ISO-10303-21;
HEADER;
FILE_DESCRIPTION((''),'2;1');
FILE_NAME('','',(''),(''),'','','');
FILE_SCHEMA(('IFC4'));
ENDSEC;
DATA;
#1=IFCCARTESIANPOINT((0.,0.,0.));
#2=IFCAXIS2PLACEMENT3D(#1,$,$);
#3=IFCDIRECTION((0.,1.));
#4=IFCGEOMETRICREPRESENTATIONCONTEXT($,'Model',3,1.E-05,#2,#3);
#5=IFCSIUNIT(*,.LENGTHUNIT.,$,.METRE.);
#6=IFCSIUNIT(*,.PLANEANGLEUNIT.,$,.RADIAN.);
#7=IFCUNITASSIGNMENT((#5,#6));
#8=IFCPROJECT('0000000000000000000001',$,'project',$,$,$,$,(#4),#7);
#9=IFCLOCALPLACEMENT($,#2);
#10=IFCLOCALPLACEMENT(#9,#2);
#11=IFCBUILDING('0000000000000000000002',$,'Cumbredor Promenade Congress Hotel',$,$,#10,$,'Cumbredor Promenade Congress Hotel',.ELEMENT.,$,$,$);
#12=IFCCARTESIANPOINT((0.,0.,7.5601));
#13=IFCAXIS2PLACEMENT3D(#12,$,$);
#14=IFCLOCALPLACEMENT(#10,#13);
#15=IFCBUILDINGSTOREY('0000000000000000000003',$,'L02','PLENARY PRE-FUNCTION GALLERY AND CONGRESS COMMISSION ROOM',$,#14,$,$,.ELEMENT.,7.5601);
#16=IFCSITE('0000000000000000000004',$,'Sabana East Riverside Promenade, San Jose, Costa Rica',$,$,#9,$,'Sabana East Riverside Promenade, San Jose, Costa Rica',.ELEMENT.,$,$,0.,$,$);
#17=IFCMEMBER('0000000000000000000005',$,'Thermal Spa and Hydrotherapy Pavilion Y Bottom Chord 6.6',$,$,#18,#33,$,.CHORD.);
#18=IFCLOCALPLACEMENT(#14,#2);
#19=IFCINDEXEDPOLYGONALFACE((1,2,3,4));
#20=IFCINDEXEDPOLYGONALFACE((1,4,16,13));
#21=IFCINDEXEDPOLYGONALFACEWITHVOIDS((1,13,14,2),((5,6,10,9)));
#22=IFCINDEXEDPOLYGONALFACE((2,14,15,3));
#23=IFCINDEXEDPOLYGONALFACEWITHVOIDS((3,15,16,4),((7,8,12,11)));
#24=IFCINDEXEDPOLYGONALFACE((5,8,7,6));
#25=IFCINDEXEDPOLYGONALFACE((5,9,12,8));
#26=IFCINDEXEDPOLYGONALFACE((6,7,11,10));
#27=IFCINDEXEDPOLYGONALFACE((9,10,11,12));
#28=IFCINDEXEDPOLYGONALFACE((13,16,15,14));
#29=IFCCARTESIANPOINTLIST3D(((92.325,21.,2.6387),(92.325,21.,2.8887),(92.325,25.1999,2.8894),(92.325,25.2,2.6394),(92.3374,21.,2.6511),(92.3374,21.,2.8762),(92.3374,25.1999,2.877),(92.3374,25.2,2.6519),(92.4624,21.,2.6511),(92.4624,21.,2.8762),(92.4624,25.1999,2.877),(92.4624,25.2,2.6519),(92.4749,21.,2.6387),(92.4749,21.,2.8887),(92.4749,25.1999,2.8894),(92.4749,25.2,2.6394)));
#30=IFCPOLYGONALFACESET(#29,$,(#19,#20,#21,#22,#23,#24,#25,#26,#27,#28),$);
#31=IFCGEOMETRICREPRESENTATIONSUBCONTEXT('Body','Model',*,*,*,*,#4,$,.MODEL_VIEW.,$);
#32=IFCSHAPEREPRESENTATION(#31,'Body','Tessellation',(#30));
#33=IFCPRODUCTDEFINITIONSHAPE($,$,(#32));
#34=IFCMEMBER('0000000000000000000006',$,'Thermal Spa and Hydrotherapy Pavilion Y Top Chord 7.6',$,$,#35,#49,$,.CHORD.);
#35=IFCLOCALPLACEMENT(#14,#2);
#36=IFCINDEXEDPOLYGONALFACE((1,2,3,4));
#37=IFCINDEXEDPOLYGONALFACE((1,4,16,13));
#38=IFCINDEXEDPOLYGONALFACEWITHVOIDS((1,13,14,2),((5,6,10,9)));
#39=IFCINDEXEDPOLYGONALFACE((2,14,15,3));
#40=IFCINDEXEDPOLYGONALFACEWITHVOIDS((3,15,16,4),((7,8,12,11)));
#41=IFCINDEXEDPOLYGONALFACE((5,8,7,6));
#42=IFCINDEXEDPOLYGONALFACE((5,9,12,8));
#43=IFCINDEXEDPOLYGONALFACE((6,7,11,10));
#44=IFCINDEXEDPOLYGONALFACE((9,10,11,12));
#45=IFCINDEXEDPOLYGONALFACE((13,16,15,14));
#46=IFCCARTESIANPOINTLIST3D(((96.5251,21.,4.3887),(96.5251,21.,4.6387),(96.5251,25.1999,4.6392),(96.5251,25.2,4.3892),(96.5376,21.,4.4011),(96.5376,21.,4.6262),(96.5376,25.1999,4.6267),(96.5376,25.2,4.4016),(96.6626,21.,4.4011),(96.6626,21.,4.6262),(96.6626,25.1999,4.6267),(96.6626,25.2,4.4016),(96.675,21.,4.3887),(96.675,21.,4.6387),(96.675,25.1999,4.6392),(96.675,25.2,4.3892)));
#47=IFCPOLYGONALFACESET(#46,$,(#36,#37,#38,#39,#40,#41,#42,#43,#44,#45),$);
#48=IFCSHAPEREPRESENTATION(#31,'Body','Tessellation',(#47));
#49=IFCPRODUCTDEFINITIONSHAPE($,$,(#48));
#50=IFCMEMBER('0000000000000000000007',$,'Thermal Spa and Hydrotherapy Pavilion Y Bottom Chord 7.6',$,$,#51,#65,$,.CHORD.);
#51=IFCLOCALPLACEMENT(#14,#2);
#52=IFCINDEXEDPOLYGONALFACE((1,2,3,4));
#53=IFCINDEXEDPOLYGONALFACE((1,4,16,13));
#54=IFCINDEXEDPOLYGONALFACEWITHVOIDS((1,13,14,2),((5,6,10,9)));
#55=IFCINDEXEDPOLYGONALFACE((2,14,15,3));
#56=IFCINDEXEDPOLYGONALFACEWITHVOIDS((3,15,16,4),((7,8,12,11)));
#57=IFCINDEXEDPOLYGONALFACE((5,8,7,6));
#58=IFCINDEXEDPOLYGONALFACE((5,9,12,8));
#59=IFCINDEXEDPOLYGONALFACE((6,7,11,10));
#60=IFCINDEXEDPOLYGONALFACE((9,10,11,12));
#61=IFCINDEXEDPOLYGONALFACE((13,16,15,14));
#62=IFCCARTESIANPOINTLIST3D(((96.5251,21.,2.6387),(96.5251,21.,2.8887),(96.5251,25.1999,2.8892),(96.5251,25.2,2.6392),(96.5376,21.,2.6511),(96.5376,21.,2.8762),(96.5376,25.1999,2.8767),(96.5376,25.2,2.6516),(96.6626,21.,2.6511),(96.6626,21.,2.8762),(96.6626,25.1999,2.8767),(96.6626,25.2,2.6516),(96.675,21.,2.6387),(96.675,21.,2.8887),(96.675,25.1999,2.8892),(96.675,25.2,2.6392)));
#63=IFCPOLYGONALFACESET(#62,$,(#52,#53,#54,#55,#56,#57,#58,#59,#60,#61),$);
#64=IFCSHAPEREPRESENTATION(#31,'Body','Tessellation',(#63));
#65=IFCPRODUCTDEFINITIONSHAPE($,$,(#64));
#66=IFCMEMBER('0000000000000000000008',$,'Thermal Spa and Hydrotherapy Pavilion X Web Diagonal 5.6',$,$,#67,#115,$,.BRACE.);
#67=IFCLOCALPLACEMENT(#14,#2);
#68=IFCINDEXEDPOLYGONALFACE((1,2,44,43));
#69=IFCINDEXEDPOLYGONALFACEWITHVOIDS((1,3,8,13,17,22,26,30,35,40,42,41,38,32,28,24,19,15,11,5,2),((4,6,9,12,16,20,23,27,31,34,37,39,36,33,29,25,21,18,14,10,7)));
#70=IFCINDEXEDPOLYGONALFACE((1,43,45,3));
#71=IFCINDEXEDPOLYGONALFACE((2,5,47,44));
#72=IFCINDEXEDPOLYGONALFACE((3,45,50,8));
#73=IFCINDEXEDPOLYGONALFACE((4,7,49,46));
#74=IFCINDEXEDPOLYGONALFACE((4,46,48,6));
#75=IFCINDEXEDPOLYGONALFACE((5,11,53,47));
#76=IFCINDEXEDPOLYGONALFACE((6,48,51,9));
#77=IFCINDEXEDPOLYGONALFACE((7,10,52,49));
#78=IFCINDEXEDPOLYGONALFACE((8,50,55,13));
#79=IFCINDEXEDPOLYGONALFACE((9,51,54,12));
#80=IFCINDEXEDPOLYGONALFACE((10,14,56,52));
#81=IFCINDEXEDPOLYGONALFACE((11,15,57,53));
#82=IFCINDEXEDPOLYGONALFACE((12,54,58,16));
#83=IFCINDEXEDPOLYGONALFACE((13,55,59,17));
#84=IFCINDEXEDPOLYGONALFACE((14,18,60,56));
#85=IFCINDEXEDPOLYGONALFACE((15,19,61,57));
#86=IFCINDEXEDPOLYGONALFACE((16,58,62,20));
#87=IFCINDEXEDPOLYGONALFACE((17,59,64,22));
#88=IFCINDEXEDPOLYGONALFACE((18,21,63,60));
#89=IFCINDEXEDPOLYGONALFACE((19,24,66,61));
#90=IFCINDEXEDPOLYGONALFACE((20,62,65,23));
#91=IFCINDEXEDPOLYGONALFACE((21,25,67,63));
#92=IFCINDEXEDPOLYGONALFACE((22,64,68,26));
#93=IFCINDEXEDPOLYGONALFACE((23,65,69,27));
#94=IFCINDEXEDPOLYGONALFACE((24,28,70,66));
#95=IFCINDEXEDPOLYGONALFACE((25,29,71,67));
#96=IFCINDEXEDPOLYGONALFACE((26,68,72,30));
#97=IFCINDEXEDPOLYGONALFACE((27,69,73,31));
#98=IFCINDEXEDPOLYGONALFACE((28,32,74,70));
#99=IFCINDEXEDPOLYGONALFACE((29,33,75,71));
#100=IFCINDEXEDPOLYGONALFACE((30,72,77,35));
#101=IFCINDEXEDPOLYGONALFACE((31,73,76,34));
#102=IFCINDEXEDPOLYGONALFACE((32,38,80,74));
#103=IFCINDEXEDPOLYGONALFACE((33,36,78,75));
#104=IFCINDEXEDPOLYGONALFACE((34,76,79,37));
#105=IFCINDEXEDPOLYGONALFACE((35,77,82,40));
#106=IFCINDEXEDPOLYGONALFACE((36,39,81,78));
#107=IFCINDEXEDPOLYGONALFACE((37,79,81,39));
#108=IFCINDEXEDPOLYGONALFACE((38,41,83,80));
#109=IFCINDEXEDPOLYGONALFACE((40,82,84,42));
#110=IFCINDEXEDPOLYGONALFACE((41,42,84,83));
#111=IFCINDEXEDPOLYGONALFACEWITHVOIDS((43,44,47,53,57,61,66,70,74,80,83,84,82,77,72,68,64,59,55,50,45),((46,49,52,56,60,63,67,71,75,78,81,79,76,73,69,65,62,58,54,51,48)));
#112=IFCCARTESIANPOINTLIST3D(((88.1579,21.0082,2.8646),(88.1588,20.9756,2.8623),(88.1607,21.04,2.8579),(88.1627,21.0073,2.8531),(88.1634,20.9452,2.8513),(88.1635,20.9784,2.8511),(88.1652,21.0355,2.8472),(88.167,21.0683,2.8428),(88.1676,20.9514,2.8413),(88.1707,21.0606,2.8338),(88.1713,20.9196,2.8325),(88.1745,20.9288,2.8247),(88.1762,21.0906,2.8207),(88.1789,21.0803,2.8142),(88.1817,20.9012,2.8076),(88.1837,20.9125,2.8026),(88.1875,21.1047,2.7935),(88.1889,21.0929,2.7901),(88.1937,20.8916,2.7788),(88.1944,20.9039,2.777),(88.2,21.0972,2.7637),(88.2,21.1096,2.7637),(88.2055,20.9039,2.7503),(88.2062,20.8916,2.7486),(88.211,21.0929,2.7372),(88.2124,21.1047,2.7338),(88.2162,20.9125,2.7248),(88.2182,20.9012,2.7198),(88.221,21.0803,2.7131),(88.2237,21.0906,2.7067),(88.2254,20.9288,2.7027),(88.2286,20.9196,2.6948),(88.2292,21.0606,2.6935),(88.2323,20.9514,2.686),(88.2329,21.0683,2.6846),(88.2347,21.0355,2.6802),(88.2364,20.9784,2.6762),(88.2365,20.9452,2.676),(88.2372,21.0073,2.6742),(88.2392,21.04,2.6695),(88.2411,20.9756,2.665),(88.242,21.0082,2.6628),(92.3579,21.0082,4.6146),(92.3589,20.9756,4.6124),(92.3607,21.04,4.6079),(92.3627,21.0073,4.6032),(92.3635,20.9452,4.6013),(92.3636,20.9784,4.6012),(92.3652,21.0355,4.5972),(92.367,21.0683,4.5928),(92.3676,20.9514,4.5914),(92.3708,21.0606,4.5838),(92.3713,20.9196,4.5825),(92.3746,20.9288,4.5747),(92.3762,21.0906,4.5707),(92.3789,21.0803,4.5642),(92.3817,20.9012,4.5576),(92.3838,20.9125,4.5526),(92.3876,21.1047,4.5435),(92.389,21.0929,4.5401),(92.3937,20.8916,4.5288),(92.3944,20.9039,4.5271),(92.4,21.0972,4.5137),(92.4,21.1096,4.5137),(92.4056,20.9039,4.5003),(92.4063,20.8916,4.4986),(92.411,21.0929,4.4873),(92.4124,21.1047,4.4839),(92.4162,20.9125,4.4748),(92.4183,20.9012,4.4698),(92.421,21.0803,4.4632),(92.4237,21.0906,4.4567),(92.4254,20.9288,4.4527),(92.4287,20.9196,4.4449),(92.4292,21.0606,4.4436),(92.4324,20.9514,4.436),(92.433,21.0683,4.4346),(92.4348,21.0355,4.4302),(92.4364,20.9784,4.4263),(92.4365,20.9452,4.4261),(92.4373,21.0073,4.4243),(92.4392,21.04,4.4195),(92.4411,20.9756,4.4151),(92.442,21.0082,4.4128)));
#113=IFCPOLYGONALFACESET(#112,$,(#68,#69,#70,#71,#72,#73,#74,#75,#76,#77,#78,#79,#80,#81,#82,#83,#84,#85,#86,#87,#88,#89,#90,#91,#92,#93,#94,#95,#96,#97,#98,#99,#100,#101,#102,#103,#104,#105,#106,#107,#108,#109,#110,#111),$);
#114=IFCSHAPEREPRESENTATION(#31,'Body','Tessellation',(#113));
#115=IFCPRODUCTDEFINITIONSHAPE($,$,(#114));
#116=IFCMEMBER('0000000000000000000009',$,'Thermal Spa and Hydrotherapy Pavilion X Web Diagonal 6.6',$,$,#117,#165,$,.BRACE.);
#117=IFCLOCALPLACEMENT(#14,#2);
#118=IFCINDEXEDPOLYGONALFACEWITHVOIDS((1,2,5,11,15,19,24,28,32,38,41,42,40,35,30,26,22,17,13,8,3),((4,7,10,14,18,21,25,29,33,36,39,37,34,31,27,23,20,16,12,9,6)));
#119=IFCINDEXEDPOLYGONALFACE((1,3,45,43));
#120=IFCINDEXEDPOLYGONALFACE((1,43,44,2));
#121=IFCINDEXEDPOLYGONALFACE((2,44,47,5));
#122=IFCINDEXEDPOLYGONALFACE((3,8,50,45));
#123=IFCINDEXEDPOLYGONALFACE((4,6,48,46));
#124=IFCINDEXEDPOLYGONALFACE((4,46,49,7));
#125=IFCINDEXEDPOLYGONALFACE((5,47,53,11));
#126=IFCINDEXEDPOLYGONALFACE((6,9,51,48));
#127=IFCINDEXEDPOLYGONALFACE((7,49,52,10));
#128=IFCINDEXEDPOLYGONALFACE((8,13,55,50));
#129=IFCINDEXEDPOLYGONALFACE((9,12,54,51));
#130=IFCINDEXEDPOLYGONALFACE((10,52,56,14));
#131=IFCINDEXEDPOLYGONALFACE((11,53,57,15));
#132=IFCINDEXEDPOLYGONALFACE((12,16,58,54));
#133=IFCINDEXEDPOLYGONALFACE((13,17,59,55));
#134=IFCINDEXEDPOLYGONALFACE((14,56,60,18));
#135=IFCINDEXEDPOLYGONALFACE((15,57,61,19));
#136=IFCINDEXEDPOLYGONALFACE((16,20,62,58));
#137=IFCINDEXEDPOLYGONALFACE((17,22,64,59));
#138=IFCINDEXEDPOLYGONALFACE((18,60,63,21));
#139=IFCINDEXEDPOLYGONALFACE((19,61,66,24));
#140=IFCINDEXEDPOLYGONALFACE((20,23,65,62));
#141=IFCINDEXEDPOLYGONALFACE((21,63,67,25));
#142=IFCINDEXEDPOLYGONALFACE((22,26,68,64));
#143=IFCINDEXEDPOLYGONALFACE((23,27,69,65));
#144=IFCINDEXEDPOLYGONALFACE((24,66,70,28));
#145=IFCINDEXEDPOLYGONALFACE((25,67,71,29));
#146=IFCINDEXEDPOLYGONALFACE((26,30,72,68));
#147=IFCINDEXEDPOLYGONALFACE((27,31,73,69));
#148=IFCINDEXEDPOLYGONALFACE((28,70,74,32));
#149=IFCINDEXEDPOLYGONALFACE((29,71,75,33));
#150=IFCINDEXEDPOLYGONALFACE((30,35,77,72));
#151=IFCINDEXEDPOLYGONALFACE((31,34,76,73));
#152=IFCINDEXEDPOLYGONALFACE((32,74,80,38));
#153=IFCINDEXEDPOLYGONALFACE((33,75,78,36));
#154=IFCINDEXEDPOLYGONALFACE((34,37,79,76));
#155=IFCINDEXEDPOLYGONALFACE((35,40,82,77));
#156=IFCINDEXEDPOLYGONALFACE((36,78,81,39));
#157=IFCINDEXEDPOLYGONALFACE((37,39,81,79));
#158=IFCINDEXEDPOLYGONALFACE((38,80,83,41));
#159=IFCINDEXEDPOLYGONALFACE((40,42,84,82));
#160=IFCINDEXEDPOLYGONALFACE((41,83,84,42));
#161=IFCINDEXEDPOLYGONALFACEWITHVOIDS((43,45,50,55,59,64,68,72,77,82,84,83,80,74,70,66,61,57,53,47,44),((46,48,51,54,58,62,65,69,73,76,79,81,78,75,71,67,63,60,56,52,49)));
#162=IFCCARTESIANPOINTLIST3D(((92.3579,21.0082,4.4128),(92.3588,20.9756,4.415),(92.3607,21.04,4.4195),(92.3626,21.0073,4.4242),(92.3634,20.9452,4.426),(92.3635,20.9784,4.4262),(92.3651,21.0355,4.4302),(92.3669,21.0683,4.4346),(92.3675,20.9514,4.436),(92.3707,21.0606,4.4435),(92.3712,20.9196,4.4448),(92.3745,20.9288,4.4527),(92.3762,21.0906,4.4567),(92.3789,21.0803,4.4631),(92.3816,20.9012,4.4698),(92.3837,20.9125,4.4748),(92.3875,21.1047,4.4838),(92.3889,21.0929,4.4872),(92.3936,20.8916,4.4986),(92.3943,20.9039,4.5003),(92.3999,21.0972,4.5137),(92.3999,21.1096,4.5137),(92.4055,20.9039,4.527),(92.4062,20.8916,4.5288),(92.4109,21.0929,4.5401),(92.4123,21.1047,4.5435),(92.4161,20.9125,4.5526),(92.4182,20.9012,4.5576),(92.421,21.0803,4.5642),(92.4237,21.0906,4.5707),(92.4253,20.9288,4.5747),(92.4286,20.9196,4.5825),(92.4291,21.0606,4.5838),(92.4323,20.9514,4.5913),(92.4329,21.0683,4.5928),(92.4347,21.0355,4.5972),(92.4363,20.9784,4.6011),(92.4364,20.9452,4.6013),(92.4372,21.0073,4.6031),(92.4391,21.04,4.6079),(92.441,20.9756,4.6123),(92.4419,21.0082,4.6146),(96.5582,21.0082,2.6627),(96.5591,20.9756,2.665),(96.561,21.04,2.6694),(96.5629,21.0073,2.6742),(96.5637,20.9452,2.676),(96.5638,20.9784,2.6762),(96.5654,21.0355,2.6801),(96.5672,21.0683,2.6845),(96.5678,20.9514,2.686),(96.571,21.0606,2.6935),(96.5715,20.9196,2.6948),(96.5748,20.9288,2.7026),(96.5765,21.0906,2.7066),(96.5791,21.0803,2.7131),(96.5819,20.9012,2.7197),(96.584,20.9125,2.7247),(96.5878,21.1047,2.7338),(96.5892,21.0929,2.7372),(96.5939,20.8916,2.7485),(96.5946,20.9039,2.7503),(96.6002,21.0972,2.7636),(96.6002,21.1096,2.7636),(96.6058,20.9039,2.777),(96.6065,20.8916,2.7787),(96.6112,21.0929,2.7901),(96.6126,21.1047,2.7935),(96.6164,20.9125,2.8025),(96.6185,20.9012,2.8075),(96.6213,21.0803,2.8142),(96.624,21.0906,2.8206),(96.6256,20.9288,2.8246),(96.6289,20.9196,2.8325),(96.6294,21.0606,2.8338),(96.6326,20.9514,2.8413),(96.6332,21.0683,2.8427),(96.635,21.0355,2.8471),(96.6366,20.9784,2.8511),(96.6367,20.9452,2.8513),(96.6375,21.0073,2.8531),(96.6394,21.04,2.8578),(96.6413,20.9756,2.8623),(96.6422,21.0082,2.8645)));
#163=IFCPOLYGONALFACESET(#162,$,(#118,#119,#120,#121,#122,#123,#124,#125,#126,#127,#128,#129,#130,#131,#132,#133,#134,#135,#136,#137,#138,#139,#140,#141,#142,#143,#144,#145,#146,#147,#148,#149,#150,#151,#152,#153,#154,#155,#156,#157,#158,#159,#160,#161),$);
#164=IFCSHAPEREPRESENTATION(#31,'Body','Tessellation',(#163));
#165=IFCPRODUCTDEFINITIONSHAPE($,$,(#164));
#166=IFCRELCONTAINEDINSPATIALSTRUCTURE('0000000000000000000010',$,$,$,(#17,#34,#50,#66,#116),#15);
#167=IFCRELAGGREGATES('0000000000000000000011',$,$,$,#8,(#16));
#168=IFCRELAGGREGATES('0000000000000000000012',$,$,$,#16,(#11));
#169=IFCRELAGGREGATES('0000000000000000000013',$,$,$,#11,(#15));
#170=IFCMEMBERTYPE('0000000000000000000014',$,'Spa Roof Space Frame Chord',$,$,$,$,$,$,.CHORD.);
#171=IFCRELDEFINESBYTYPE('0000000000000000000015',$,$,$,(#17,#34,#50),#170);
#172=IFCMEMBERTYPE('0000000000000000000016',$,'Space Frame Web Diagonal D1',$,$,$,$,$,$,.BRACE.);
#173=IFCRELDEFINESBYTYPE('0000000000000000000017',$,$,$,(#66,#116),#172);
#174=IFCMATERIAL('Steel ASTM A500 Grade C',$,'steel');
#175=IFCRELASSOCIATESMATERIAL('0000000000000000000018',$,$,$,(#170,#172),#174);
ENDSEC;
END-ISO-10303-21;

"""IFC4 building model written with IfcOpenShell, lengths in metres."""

from ifc_helpers import new_model, si_unit, direction, frame, origin, origin_2d, place, context, subcontext, project, spatial, hollow_rectangle, hollow_circle, extrude, material, material_profile, profile_set, type_object, element, save


model = new_model("IFC4")

# Units and contexts
model_context = context("Model", 3, precision=1e-05, world=origin(), true_north=direction((0.0, 1.0)))
body_context = subcontext(model_context, "Body", "Model", "MODEL_VIEW")
ifc_project = project(units=[si_unit("LENGTHUNIT", "METRE"), si_unit("PLANEANGLEUNIT", "RADIAN")], contexts=[model_context])

# Site, building, storey
site_placement = place(None, origin())
site = spatial("IfcSite", under=ifc_project, at=site_placement, Name="Sabana East Riverside Promenade, San Jose, Costa Rica", LongName="Sabana East Riverside Promenade, San Jose, Costa Rica", CompositionType="ELEMENT", RefElevation=0.0)
building_placement = place(site_placement, origin())
building = spatial("IfcBuilding", under=site, at=building_placement, Name="Cumbredor Promenade Congress Hotel", LongName="Cumbredor Promenade Congress Hotel", CompositionType="ELEMENT")
storey_placement = place(building_placement, frame((0.0, 0.0, 7.5601)))
storey = spatial("IfcBuildingStorey", under=building, at=storey_placement, Name="L02", Description="PLENARY PRE-FUNCTION GALLERY AND CONGRESS COMMISSION ROOM", CompositionType="ELEMENT", Elevation=7.5601)

# Members
ifc_material_1 = material(Name="Steel ASTM A500 Grade C", Category="steel")
ifc_material_profile_1 = material_profile(ifc_material_1, hollow_rectangle(XDim=0.1499, YDim=0.25, WallThickness=0.0125, at=origin_2d()), Name="HSS 250x150x12.5")
ifc_profile_set_1 = profile_set([ifc_material_profile_1], Name="Steel ASTM A500 Grade C")
member_type_1 = type_object("IfcMemberType", Name="Spa Roof Space Frame Chord", PredefinedType="CHORD", material=ifc_profile_set_1)
for number, where, z_axis, x_axis, name in (
    (1, (92.3999, 21.0, 2.7637), (0.0, 1.0, 0.000174), (-1.0, 0.0, 0.0), "Thermal Spa and Hydrotherapy Pavilion Y Bottom Chord 6.6"),
    (2, (96.6001, 21.0, 4.5137), (0.0, 1.0, 0.000116), (-1.0, 0.0, 0.0), "Thermal Spa and Hydrotherapy Pavilion Y Top Chord 7.6"),
    (3, (96.6001, 21.0, 2.7637), (0.0, 1.0, 0.000116), (-1.0, 0.0, 0.0), "Thermal Spa and Hydrotherapy Pavilion Y Bottom Chord 7.6"),
):
    element("IfcMember", number, at=place(storey_placement, frame(where, z_axis=z_axis, x_axis=x_axis)), inside=storey, type_object=member_type_1, Name=name, PredefinedType="CHORD", context=body_context, shape_type="SweptSolid", body=[
        extrude(hollow_rectangle(XDim=0.1499, YDim=0.25, WallThickness=0.0125, at=origin_2d()), origin(), (0.0, 0.0, 1.0), 4.2),
    ])
ifc_material_profile_2 = material_profile(ifc_material_1, hollow_circle(Radius=0.1096, WallThickness=0.0125, at=origin_2d()), Name="CHS 219.1x12.5")
ifc_profile_set_2 = profile_set([ifc_material_profile_2], Name="Steel ASTM A500 Grade C")
member_type_2 = type_object("IfcMemberType", Name="Space Frame Web Diagonal D1", PredefinedType="BRACE", material=ifc_profile_set_2)
member_1_placement = place(storey_placement, frame((88.2, 21.0, 2.7637), z_axis=(0.923075, 0.0, 0.384619), x_axis=(0.0, 1.0, 0.0)))
element("IfcMember", 4, at=member_1_placement, inside=storey, type_object=member_type_2, Name="Thermal Spa and Hydrotherapy Pavilion X Web Diagonal 5.6", PredefinedType="BRACE", context=body_context, shape_type="SweptSolid", body=[
    extrude(hollow_circle(Radius=0.1096, WallThickness=0.0125, at=origin_2d()), origin(), (0.0, 0.0, 1.0), 4.55),
])
member_2_placement = place(storey_placement, frame((92.3999, 21.0, 4.5137), z_axis=(0.923083, 0.0, -0.3846), x_axis=(0.0, 1.0, 0.0)))
element("IfcMember", 5, at=member_2_placement, inside=storey, type_object=member_type_2, Name="Thermal Spa and Hydrotherapy Pavilion X Web Diagonal 6.6", PredefinedType="BRACE", context=body_context, shape_type="SweptSolid", body=[
    extrude(hollow_circle(Radius=0.1096, WallThickness=0.0125, at=origin_2d()), origin(), (0.0, 0.0, 1.0), 4.5503),
])

save(model, "model.ifc")
